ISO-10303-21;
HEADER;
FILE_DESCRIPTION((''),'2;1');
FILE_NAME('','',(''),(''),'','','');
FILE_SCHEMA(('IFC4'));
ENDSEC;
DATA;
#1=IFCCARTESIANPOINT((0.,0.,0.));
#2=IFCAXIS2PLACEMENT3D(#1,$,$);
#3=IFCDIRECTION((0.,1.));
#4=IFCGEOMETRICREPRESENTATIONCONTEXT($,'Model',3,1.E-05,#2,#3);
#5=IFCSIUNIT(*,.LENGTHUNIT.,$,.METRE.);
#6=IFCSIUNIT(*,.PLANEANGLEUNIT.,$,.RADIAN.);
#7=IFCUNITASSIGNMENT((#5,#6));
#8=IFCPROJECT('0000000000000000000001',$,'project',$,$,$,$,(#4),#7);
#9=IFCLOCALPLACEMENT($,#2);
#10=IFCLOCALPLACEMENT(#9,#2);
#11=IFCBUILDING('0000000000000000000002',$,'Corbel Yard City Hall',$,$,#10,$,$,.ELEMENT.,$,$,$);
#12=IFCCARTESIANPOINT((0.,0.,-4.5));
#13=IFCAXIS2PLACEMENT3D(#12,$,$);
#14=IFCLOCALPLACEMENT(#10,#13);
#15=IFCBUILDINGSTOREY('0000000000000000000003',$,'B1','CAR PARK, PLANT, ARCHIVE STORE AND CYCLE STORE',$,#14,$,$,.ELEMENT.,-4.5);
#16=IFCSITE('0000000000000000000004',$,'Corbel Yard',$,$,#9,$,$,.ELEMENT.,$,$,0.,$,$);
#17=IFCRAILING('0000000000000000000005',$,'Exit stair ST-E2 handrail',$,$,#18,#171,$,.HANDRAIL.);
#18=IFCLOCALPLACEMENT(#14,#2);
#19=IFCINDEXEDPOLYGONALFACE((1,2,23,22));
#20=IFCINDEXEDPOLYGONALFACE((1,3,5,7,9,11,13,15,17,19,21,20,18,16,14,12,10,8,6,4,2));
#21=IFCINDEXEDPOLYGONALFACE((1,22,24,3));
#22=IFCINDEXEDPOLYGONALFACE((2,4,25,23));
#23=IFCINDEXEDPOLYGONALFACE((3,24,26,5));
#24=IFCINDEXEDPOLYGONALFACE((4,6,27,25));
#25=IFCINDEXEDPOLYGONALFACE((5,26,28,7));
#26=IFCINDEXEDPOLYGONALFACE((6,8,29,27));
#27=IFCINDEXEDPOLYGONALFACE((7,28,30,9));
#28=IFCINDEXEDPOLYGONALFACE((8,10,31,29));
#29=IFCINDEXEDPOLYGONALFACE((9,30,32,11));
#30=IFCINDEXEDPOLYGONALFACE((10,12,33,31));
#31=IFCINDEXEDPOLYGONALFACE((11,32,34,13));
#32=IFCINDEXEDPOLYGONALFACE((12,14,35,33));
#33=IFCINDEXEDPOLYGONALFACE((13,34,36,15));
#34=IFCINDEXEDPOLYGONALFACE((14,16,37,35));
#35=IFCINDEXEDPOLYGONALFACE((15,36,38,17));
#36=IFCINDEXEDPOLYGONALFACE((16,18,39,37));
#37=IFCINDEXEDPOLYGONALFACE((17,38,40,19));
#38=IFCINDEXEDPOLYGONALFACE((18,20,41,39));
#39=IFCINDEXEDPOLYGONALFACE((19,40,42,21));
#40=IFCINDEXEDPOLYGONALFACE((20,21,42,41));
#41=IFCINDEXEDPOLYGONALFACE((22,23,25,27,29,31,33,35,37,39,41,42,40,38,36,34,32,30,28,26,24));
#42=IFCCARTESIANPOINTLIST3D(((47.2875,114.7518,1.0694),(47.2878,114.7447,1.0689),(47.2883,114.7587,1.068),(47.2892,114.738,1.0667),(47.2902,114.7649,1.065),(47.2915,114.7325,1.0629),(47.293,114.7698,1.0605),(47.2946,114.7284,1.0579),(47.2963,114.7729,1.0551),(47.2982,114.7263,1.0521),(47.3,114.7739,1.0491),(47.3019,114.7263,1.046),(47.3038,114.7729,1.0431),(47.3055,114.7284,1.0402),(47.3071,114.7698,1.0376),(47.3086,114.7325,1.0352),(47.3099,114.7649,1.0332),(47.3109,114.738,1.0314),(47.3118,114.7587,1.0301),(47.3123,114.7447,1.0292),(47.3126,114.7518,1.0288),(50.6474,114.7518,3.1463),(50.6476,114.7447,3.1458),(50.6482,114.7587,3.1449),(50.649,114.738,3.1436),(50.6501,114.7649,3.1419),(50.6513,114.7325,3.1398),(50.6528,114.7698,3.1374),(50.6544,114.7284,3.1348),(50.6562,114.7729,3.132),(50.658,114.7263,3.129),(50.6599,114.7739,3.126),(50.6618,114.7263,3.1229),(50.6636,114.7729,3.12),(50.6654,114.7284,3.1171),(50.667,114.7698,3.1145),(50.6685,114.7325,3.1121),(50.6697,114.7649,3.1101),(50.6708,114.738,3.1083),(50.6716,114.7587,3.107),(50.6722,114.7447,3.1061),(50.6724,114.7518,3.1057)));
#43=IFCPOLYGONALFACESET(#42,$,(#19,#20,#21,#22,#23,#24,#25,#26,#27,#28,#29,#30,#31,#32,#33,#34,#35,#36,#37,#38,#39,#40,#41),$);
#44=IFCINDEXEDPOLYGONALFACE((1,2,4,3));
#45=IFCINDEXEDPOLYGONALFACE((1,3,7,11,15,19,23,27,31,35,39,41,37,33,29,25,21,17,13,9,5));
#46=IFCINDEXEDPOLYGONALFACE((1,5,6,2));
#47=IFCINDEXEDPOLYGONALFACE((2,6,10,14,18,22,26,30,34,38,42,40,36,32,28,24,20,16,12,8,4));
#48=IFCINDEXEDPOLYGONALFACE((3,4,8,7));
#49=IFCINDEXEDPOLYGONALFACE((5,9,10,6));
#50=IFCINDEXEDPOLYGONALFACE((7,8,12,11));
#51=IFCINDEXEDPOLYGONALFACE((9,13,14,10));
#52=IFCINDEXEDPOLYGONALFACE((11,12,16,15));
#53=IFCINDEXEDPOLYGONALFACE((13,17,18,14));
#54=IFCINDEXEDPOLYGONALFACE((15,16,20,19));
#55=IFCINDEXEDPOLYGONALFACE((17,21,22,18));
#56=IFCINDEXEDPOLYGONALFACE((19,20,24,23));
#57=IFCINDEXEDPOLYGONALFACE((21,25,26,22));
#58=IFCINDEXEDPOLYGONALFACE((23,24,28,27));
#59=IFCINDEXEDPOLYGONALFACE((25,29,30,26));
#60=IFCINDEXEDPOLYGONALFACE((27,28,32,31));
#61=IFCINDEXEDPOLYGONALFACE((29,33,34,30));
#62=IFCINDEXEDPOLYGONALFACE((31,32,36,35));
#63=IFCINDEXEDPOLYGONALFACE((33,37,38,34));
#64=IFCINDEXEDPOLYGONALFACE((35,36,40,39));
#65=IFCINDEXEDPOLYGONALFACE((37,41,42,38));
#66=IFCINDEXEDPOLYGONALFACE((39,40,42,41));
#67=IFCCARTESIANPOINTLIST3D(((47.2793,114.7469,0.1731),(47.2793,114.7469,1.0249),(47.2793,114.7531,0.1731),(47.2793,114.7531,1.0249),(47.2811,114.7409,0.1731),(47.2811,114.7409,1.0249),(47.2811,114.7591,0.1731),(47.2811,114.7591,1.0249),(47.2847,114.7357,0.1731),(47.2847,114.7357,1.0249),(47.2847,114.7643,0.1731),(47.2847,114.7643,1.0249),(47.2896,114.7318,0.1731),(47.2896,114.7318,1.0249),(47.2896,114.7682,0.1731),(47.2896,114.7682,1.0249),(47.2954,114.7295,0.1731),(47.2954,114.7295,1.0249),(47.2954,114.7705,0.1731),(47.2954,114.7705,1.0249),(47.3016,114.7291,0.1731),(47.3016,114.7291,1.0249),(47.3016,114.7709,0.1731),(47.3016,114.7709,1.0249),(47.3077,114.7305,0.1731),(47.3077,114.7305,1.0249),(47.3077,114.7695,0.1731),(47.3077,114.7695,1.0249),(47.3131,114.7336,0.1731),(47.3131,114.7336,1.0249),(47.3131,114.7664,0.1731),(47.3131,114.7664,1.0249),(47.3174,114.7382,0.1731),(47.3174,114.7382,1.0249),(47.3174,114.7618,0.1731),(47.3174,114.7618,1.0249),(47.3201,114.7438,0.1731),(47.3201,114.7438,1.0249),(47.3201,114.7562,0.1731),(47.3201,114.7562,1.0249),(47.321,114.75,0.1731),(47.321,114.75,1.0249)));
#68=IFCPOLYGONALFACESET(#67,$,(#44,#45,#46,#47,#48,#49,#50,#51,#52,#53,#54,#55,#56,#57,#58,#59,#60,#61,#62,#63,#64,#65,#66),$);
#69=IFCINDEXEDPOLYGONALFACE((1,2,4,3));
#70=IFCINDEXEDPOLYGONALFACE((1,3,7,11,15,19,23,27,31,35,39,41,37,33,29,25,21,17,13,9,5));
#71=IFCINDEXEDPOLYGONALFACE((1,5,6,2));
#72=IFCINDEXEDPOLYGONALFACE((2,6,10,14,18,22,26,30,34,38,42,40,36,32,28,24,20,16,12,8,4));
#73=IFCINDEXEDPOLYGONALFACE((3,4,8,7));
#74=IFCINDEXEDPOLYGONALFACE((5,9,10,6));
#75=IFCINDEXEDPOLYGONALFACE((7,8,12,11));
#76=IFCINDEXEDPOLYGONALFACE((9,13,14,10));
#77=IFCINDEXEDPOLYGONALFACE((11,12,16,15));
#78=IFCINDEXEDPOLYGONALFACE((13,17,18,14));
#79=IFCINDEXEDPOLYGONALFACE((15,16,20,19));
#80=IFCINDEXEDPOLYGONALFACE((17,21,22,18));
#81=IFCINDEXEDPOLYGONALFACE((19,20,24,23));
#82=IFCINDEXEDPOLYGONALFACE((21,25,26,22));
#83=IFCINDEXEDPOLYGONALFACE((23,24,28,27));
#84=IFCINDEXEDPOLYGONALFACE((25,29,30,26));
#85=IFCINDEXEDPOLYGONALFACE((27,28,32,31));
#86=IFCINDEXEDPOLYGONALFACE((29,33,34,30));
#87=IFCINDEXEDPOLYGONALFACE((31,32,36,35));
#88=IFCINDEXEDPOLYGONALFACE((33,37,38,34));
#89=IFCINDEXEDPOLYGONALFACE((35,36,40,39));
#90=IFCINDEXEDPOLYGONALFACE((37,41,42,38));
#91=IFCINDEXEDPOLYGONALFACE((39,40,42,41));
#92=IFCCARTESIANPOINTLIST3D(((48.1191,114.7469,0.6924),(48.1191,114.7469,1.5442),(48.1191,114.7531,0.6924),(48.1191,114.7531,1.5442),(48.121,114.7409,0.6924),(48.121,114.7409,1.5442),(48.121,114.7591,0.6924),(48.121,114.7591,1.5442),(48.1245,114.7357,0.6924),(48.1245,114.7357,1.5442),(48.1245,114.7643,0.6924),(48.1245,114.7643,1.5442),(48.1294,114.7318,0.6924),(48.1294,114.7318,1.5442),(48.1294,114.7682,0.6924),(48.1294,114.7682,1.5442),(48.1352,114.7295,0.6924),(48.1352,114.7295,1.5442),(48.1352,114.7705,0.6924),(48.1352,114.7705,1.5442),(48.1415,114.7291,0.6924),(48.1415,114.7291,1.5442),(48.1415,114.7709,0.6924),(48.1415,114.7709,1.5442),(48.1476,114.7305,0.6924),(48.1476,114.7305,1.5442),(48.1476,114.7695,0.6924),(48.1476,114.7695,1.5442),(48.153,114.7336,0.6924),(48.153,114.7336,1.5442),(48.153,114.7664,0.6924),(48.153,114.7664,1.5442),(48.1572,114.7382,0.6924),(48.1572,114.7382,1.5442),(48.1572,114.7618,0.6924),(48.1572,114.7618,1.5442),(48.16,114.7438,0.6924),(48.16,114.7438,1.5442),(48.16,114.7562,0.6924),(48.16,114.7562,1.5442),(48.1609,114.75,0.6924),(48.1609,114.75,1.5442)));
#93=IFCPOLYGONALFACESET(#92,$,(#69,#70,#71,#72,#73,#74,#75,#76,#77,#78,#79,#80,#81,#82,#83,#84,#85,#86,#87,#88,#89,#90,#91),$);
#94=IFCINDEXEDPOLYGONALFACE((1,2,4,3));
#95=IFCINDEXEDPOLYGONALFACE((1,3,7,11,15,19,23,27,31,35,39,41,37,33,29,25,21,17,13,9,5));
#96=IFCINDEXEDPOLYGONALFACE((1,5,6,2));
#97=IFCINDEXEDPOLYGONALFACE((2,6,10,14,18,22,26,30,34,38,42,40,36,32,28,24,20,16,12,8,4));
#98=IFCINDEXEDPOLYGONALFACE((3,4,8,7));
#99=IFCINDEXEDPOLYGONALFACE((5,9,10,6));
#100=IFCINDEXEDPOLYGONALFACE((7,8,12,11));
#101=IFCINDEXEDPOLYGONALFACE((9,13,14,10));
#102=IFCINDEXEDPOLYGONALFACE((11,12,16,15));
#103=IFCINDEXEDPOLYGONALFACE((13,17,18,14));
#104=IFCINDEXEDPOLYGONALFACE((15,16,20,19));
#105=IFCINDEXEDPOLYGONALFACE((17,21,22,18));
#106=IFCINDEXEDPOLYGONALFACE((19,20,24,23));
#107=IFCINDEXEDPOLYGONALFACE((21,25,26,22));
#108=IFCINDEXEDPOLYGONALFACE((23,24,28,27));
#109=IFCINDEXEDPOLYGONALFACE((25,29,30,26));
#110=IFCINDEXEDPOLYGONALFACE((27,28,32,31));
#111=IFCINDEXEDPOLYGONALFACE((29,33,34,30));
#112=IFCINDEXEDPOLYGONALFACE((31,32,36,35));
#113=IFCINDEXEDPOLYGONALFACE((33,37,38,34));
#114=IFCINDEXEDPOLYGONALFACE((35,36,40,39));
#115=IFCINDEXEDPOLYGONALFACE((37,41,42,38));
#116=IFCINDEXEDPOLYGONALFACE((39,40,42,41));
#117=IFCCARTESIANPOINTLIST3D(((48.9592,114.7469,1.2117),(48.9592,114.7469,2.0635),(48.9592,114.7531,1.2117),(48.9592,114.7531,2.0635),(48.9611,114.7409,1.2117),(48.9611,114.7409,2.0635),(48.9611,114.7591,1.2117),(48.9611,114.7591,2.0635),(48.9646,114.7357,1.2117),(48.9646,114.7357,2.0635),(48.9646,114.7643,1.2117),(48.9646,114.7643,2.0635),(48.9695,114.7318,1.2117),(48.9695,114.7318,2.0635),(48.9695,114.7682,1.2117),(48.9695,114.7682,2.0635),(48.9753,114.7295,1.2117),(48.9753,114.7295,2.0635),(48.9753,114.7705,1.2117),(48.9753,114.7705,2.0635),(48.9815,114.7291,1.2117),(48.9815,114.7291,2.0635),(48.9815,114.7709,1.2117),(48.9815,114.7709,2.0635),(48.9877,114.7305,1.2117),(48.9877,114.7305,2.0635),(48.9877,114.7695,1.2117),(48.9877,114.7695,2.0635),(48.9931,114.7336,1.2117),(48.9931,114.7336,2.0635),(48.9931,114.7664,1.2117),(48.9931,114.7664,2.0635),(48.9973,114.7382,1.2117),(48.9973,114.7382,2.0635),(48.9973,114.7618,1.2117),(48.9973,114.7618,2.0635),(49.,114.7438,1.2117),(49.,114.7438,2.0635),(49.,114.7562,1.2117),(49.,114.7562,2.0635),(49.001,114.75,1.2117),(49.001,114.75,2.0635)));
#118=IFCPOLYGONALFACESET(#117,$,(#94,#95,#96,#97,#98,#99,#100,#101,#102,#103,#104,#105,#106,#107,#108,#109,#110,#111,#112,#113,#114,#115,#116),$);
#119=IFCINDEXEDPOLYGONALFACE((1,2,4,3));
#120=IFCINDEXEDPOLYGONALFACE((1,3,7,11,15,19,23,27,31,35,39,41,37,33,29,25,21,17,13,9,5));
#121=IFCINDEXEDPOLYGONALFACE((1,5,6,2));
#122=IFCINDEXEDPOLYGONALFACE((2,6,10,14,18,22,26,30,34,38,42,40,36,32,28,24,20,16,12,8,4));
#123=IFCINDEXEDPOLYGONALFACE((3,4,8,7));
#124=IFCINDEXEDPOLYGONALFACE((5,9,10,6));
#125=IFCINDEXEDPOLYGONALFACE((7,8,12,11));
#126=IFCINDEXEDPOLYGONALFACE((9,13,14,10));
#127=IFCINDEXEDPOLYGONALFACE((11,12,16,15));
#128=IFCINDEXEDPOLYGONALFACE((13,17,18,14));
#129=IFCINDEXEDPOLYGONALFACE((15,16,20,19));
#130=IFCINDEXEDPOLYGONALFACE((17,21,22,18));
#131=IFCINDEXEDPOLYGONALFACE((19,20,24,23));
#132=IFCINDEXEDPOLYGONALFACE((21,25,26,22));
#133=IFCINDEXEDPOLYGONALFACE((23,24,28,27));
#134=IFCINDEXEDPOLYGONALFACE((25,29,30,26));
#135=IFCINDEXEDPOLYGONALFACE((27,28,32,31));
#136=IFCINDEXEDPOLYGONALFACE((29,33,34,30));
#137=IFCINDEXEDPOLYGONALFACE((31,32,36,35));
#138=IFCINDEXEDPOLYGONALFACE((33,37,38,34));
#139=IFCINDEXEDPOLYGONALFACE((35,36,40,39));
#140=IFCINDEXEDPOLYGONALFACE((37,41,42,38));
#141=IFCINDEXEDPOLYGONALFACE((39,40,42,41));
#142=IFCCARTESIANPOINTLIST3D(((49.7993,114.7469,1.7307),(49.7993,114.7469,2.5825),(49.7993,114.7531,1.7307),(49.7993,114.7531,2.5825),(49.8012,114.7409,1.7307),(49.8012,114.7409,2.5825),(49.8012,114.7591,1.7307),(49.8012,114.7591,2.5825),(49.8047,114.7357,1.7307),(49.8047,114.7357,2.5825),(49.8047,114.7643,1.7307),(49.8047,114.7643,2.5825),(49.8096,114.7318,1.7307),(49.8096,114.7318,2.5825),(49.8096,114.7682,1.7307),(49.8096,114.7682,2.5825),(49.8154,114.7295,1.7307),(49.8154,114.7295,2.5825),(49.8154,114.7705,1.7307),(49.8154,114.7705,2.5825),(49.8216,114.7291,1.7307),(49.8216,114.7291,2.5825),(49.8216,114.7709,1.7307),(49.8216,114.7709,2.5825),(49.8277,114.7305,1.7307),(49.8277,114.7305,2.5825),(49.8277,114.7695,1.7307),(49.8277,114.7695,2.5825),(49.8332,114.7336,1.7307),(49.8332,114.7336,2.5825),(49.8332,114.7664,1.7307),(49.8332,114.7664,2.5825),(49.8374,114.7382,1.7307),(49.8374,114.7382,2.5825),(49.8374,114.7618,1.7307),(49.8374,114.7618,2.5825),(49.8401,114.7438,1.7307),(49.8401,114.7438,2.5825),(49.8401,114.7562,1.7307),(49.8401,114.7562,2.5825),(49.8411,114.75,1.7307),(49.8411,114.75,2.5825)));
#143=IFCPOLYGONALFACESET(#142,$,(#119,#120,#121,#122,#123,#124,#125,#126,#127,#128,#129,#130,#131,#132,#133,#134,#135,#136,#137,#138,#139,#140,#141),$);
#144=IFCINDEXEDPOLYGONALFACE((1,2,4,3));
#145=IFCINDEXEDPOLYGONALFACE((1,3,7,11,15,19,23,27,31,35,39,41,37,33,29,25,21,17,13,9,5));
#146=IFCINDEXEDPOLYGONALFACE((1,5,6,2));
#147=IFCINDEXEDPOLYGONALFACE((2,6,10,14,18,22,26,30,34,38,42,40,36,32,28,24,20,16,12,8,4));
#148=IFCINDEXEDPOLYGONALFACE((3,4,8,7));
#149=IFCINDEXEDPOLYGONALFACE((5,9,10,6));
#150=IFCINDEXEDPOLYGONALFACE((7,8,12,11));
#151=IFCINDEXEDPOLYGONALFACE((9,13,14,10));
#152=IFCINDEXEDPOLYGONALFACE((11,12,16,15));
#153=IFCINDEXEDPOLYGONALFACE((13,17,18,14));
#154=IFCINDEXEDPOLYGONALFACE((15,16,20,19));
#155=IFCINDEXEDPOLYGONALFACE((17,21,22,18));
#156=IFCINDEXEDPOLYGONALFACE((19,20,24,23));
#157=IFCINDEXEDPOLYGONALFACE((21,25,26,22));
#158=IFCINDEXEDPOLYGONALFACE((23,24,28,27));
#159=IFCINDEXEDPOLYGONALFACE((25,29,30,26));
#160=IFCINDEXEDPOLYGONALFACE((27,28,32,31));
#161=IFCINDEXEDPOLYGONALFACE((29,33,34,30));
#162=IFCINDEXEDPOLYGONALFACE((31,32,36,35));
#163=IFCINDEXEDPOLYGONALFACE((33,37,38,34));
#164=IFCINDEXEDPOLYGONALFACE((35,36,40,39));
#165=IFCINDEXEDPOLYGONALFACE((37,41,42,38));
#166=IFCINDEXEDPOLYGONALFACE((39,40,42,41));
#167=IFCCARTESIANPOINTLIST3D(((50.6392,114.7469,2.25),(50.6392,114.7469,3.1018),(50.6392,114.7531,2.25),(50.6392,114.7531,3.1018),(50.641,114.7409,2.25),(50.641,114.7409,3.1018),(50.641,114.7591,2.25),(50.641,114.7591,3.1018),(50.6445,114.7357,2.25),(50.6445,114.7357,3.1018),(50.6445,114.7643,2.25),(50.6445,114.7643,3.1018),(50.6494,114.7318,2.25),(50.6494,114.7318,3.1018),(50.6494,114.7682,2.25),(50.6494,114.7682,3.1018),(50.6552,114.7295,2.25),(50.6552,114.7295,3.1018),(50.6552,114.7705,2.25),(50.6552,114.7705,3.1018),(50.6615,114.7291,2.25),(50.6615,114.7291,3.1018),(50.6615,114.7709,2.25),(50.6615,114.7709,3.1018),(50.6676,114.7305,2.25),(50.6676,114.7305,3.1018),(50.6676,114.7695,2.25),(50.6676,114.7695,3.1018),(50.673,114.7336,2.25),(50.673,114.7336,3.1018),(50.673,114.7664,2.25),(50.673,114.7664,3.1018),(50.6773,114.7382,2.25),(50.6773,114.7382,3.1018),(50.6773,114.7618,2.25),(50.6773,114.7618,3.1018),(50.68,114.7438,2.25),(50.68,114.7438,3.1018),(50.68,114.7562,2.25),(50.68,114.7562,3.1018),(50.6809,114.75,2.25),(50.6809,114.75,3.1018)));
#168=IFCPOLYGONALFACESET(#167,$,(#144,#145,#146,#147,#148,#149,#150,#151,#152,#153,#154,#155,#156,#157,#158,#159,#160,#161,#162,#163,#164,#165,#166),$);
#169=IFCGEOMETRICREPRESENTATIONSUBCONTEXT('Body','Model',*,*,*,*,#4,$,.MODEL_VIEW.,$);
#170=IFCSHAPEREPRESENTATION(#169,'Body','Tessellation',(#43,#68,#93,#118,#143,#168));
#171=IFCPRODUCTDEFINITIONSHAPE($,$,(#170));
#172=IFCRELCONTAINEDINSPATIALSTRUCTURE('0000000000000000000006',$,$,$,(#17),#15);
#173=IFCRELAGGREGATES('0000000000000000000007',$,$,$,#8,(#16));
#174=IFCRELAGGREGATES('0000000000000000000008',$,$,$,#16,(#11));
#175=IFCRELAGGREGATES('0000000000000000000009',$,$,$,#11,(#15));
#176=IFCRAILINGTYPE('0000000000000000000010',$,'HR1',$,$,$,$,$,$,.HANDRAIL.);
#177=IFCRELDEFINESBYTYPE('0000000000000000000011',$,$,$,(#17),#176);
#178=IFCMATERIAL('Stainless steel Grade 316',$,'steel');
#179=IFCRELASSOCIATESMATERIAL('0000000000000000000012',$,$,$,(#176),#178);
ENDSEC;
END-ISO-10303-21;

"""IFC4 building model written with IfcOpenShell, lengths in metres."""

from ifc_helpers import new_model, si_unit, direction, frame, origin, origin_2d, place, context, subcontext, project, spatial, circle, extrude, material, type_object, element, save


model = new_model("IFC4")

# Units and contexts
model_context = context("Model", 3, precision=1e-05, world=origin(), true_north=direction((0.0, 1.0)))
body_context = subcontext(model_context, "Body", "Model", "MODEL_VIEW")
ifc_project = project(units=[si_unit("LENGTHUNIT", "METRE"), si_unit("PLANEANGLEUNIT", "RADIAN")], contexts=[model_context])

# Site, building, storey
site_placement = place(None, origin())
site = spatial("IfcSite", under=ifc_project, at=site_placement, Name="Corbel Yard", CompositionType="ELEMENT", RefElevation=0.0)
building_placement = place(site_placement, origin())
building = spatial("IfcBuilding", under=site, at=building_placement, Name="Corbel Yard City Hall", CompositionType="ELEMENT")
storey_placement = place(building_placement, frame((0.0, 0.0, -4.5)))
storey = spatial("IfcBuildingStorey", under=building, at=storey_placement, Name="B1", Description="CAR PARK, PLANT, ARCHIVE STORE AND CYCLE STORE", CompositionType="ELEMENT", Elevation=-4.5)

# Railing
ifc_material_1 = material(Name="Stainless steel Grade 316", Category="steel")
railing_type = type_object("IfcRailingType", Name="HR1", PredefinedType="HANDRAIL", material=ifc_material_1)
for number, where, name in (
    (1, (47.3, 114.75, 0.1731), "Exit stair ST-E2 handrail"),
):
    element("IfcRailing", number, at=place(storey_placement, frame(where)), inside=storey, type_object=railing_type, Name=name, PredefinedType="HANDRAIL", context=body_context, shape_type="SweptSolid", body=[
        extrude(circle(Radius=0.0239, at=origin_2d()), frame((0.0, 0.0, 0.876), z_axis=(0.850606, 0.0, 0.525803), x_axis=(0.0, 1.0, 0.0)), (0.0, 0.0, 1.0), 3.95),
        extrude(circle(Radius=0.021, at=origin_2d()), origin(), (0.0, 0.0, 1.0), 0.8518),
        extrude(circle(Radius=0.021, at=origin_2d()), frame((0.8398, 0.0, 0.5193)), (0.0, 0.0, 1.0), 0.8518),
        extrude(circle(Radius=0.021, at=origin_2d()), frame((1.6799, 0.0, 1.0386)), (0.0, 0.0, 1.0), 0.8518),
        extrude(circle(Radius=0.021, at=origin_2d()), frame((2.52, 0.0, 1.5576)), (0.0, 0.0, 1.0), 0.8518),
        extrude(circle(Radius=0.021, at=origin_2d()), frame((3.3599, 0.0, 2.0769)), (0.0, 0.0, 1.0), 0.8518),
    ])

save(model, "model.ifc")
